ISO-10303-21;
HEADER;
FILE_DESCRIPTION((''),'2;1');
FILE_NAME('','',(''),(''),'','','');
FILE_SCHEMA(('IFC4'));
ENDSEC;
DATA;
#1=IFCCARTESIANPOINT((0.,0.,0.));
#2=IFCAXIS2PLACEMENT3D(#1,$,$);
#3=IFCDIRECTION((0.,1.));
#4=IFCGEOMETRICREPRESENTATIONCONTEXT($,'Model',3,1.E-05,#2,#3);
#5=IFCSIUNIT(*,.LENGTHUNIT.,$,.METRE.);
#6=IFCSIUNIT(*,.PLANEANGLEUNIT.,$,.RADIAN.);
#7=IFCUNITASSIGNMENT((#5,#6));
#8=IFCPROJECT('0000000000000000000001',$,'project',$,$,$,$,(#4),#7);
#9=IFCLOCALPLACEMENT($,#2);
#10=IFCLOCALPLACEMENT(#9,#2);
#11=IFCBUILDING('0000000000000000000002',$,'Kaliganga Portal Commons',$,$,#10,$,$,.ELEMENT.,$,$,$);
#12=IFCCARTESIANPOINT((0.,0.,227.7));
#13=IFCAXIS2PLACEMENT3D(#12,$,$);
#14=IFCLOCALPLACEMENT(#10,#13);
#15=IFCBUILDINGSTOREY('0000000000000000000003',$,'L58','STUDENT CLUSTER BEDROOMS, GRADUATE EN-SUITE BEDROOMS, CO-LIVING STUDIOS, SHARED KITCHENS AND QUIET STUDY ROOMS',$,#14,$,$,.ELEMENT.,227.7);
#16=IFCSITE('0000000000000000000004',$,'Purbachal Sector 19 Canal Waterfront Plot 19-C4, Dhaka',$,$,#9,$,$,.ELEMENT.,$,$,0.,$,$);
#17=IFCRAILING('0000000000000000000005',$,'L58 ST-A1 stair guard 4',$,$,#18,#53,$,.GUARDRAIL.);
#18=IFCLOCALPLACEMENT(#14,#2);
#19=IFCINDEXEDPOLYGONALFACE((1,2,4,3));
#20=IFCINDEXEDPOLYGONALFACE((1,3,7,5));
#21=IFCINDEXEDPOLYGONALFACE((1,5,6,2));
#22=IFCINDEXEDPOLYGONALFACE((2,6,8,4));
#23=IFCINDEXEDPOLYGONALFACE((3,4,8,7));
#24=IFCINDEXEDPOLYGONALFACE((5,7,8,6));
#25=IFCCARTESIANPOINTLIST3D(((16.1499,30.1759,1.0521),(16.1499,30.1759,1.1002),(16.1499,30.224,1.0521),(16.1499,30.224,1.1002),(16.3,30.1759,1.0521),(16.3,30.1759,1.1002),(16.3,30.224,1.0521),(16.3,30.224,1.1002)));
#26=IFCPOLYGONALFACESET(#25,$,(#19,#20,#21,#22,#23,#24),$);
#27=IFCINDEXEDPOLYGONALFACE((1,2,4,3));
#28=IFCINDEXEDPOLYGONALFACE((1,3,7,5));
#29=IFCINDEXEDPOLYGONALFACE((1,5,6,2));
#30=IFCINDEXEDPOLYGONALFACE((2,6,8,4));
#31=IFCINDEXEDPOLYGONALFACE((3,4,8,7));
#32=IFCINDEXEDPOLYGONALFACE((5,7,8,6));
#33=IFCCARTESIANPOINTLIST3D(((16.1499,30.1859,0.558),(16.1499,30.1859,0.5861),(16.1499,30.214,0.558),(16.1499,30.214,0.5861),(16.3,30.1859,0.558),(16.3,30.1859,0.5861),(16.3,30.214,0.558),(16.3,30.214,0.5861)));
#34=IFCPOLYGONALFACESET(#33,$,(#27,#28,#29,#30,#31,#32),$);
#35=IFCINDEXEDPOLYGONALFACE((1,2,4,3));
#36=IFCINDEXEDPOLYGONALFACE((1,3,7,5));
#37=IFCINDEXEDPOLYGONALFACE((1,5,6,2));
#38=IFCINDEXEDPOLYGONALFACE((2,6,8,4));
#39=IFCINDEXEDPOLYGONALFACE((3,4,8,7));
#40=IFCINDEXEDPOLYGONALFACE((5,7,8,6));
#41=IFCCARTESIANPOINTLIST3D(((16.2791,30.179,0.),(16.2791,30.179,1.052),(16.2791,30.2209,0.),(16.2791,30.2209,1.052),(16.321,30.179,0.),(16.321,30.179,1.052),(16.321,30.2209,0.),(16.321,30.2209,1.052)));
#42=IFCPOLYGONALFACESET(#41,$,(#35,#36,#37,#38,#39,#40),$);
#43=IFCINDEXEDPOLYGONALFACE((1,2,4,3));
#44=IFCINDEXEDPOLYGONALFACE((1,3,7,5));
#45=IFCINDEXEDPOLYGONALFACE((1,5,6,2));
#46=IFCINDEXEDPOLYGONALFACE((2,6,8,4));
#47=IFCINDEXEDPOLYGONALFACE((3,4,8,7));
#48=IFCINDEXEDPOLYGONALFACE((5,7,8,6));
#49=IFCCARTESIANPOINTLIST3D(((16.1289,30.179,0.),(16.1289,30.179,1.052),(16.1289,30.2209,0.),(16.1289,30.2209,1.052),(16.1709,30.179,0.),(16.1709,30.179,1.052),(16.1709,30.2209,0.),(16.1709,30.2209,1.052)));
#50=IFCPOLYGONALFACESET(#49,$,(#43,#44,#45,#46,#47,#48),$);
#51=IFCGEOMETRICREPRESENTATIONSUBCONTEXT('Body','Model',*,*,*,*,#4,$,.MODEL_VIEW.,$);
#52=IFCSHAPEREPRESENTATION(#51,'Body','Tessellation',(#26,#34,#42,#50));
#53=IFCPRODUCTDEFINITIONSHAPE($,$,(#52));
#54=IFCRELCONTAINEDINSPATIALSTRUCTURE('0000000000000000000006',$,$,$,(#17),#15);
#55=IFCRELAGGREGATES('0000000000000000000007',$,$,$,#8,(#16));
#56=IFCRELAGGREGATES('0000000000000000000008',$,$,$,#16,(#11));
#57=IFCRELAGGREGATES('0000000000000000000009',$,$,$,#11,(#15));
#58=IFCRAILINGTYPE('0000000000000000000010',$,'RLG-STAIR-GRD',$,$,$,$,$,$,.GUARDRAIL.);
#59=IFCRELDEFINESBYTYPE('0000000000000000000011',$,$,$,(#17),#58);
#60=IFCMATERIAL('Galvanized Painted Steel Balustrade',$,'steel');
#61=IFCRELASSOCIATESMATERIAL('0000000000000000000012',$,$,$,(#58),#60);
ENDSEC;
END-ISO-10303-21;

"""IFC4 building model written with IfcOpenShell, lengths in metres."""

from ifc_helpers import new_model, si_unit, direction, frame, origin, origin_2d, place, context, subcontext, project, spatial, rectangle, extrude, material, type_object, element, save


model = new_model("IFC4")

# Units and contexts
model_context = context("Model", 3, precision=1e-05, world=origin(), true_north=direction((0.0, 1.0)))
body_context = subcontext(model_context, "Body", "Model", "MODEL_VIEW")
ifc_project = project(units=[si_unit("LENGTHUNIT", "METRE"), si_unit("PLANEANGLEUNIT", "RADIAN")], contexts=[model_context])

# Site, building, storey
site_placement = place(None, origin())
site = spatial("IfcSite", under=ifc_project, at=site_placement, Name="Purbachal Sector 19 Canal Waterfront Plot 19-C4, Dhaka", CompositionType="ELEMENT", RefElevation=0.0)
building_placement = place(site_placement, origin())
building = spatial("IfcBuilding", under=site, at=building_placement, Name="Kaliganga Portal Commons", CompositionType="ELEMENT")
storey_placement = place(building_placement, frame((0.0, 0.0, 227.7)))
storey = spatial("IfcBuildingStorey", under=building, at=storey_placement, Name="L58", Description="STUDENT CLUSTER BEDROOMS, GRADUATE EN-SUITE BEDROOMS, CO-LIVING STUDIOS, SHARED KITCHENS AND QUIET STUDY ROOMS", CompositionType="ELEMENT", Elevation=227.7)

# Railing
ifc_material_1 = material(Name="Galvanized Painted Steel Balustrade", Category="steel")
railing_type = type_object("IfcRailingType", Name="RLG-STAIR-GRD", PredefinedType="GUARDRAIL", material=ifc_material_1)
railing_1_placement = place(storey_placement, frame((16.3, 30.2, 0.0)))
element("IfcRailing", 1, at=railing_1_placement, inside=storey, type_object=railing_type, Name="L58 ST-A1 stair guard 4", PredefinedType="GUARDRAIL", context=body_context, shape_type="SweptSolid", body=[
    extrude(rectangle(XDim=0.0481, YDim=0.0481, at=origin_2d()), frame((0.0, 0.0, 1.0762), z_axis=(-1.0, 0.0, 0.0), x_axis=(0.0, -1.0, 0.0)), (0.0, 0.0, 1.0), 0.1501),
    extrude(rectangle(XDim=0.0281, YDim=0.0281, at=origin_2d()), frame((0.0, 0.0, 0.572), z_axis=(-1.0, 0.0, 0.0), x_axis=(0.0, -1.0, 0.0)), (0.0, 0.0, 1.0), 0.1501),
    extrude(rectangle(XDim=0.042, YDim=0.042, at=origin_2d()), origin(), (0.0, 0.0, 1.0), 1.052),
    extrude(rectangle(XDim=0.042, YDim=0.042, at=origin_2d()), frame((-0.1501, 0.0, 0.0)), (0.0, 0.0, 1.0), 1.052),
])

save(model, "model.ifc")
